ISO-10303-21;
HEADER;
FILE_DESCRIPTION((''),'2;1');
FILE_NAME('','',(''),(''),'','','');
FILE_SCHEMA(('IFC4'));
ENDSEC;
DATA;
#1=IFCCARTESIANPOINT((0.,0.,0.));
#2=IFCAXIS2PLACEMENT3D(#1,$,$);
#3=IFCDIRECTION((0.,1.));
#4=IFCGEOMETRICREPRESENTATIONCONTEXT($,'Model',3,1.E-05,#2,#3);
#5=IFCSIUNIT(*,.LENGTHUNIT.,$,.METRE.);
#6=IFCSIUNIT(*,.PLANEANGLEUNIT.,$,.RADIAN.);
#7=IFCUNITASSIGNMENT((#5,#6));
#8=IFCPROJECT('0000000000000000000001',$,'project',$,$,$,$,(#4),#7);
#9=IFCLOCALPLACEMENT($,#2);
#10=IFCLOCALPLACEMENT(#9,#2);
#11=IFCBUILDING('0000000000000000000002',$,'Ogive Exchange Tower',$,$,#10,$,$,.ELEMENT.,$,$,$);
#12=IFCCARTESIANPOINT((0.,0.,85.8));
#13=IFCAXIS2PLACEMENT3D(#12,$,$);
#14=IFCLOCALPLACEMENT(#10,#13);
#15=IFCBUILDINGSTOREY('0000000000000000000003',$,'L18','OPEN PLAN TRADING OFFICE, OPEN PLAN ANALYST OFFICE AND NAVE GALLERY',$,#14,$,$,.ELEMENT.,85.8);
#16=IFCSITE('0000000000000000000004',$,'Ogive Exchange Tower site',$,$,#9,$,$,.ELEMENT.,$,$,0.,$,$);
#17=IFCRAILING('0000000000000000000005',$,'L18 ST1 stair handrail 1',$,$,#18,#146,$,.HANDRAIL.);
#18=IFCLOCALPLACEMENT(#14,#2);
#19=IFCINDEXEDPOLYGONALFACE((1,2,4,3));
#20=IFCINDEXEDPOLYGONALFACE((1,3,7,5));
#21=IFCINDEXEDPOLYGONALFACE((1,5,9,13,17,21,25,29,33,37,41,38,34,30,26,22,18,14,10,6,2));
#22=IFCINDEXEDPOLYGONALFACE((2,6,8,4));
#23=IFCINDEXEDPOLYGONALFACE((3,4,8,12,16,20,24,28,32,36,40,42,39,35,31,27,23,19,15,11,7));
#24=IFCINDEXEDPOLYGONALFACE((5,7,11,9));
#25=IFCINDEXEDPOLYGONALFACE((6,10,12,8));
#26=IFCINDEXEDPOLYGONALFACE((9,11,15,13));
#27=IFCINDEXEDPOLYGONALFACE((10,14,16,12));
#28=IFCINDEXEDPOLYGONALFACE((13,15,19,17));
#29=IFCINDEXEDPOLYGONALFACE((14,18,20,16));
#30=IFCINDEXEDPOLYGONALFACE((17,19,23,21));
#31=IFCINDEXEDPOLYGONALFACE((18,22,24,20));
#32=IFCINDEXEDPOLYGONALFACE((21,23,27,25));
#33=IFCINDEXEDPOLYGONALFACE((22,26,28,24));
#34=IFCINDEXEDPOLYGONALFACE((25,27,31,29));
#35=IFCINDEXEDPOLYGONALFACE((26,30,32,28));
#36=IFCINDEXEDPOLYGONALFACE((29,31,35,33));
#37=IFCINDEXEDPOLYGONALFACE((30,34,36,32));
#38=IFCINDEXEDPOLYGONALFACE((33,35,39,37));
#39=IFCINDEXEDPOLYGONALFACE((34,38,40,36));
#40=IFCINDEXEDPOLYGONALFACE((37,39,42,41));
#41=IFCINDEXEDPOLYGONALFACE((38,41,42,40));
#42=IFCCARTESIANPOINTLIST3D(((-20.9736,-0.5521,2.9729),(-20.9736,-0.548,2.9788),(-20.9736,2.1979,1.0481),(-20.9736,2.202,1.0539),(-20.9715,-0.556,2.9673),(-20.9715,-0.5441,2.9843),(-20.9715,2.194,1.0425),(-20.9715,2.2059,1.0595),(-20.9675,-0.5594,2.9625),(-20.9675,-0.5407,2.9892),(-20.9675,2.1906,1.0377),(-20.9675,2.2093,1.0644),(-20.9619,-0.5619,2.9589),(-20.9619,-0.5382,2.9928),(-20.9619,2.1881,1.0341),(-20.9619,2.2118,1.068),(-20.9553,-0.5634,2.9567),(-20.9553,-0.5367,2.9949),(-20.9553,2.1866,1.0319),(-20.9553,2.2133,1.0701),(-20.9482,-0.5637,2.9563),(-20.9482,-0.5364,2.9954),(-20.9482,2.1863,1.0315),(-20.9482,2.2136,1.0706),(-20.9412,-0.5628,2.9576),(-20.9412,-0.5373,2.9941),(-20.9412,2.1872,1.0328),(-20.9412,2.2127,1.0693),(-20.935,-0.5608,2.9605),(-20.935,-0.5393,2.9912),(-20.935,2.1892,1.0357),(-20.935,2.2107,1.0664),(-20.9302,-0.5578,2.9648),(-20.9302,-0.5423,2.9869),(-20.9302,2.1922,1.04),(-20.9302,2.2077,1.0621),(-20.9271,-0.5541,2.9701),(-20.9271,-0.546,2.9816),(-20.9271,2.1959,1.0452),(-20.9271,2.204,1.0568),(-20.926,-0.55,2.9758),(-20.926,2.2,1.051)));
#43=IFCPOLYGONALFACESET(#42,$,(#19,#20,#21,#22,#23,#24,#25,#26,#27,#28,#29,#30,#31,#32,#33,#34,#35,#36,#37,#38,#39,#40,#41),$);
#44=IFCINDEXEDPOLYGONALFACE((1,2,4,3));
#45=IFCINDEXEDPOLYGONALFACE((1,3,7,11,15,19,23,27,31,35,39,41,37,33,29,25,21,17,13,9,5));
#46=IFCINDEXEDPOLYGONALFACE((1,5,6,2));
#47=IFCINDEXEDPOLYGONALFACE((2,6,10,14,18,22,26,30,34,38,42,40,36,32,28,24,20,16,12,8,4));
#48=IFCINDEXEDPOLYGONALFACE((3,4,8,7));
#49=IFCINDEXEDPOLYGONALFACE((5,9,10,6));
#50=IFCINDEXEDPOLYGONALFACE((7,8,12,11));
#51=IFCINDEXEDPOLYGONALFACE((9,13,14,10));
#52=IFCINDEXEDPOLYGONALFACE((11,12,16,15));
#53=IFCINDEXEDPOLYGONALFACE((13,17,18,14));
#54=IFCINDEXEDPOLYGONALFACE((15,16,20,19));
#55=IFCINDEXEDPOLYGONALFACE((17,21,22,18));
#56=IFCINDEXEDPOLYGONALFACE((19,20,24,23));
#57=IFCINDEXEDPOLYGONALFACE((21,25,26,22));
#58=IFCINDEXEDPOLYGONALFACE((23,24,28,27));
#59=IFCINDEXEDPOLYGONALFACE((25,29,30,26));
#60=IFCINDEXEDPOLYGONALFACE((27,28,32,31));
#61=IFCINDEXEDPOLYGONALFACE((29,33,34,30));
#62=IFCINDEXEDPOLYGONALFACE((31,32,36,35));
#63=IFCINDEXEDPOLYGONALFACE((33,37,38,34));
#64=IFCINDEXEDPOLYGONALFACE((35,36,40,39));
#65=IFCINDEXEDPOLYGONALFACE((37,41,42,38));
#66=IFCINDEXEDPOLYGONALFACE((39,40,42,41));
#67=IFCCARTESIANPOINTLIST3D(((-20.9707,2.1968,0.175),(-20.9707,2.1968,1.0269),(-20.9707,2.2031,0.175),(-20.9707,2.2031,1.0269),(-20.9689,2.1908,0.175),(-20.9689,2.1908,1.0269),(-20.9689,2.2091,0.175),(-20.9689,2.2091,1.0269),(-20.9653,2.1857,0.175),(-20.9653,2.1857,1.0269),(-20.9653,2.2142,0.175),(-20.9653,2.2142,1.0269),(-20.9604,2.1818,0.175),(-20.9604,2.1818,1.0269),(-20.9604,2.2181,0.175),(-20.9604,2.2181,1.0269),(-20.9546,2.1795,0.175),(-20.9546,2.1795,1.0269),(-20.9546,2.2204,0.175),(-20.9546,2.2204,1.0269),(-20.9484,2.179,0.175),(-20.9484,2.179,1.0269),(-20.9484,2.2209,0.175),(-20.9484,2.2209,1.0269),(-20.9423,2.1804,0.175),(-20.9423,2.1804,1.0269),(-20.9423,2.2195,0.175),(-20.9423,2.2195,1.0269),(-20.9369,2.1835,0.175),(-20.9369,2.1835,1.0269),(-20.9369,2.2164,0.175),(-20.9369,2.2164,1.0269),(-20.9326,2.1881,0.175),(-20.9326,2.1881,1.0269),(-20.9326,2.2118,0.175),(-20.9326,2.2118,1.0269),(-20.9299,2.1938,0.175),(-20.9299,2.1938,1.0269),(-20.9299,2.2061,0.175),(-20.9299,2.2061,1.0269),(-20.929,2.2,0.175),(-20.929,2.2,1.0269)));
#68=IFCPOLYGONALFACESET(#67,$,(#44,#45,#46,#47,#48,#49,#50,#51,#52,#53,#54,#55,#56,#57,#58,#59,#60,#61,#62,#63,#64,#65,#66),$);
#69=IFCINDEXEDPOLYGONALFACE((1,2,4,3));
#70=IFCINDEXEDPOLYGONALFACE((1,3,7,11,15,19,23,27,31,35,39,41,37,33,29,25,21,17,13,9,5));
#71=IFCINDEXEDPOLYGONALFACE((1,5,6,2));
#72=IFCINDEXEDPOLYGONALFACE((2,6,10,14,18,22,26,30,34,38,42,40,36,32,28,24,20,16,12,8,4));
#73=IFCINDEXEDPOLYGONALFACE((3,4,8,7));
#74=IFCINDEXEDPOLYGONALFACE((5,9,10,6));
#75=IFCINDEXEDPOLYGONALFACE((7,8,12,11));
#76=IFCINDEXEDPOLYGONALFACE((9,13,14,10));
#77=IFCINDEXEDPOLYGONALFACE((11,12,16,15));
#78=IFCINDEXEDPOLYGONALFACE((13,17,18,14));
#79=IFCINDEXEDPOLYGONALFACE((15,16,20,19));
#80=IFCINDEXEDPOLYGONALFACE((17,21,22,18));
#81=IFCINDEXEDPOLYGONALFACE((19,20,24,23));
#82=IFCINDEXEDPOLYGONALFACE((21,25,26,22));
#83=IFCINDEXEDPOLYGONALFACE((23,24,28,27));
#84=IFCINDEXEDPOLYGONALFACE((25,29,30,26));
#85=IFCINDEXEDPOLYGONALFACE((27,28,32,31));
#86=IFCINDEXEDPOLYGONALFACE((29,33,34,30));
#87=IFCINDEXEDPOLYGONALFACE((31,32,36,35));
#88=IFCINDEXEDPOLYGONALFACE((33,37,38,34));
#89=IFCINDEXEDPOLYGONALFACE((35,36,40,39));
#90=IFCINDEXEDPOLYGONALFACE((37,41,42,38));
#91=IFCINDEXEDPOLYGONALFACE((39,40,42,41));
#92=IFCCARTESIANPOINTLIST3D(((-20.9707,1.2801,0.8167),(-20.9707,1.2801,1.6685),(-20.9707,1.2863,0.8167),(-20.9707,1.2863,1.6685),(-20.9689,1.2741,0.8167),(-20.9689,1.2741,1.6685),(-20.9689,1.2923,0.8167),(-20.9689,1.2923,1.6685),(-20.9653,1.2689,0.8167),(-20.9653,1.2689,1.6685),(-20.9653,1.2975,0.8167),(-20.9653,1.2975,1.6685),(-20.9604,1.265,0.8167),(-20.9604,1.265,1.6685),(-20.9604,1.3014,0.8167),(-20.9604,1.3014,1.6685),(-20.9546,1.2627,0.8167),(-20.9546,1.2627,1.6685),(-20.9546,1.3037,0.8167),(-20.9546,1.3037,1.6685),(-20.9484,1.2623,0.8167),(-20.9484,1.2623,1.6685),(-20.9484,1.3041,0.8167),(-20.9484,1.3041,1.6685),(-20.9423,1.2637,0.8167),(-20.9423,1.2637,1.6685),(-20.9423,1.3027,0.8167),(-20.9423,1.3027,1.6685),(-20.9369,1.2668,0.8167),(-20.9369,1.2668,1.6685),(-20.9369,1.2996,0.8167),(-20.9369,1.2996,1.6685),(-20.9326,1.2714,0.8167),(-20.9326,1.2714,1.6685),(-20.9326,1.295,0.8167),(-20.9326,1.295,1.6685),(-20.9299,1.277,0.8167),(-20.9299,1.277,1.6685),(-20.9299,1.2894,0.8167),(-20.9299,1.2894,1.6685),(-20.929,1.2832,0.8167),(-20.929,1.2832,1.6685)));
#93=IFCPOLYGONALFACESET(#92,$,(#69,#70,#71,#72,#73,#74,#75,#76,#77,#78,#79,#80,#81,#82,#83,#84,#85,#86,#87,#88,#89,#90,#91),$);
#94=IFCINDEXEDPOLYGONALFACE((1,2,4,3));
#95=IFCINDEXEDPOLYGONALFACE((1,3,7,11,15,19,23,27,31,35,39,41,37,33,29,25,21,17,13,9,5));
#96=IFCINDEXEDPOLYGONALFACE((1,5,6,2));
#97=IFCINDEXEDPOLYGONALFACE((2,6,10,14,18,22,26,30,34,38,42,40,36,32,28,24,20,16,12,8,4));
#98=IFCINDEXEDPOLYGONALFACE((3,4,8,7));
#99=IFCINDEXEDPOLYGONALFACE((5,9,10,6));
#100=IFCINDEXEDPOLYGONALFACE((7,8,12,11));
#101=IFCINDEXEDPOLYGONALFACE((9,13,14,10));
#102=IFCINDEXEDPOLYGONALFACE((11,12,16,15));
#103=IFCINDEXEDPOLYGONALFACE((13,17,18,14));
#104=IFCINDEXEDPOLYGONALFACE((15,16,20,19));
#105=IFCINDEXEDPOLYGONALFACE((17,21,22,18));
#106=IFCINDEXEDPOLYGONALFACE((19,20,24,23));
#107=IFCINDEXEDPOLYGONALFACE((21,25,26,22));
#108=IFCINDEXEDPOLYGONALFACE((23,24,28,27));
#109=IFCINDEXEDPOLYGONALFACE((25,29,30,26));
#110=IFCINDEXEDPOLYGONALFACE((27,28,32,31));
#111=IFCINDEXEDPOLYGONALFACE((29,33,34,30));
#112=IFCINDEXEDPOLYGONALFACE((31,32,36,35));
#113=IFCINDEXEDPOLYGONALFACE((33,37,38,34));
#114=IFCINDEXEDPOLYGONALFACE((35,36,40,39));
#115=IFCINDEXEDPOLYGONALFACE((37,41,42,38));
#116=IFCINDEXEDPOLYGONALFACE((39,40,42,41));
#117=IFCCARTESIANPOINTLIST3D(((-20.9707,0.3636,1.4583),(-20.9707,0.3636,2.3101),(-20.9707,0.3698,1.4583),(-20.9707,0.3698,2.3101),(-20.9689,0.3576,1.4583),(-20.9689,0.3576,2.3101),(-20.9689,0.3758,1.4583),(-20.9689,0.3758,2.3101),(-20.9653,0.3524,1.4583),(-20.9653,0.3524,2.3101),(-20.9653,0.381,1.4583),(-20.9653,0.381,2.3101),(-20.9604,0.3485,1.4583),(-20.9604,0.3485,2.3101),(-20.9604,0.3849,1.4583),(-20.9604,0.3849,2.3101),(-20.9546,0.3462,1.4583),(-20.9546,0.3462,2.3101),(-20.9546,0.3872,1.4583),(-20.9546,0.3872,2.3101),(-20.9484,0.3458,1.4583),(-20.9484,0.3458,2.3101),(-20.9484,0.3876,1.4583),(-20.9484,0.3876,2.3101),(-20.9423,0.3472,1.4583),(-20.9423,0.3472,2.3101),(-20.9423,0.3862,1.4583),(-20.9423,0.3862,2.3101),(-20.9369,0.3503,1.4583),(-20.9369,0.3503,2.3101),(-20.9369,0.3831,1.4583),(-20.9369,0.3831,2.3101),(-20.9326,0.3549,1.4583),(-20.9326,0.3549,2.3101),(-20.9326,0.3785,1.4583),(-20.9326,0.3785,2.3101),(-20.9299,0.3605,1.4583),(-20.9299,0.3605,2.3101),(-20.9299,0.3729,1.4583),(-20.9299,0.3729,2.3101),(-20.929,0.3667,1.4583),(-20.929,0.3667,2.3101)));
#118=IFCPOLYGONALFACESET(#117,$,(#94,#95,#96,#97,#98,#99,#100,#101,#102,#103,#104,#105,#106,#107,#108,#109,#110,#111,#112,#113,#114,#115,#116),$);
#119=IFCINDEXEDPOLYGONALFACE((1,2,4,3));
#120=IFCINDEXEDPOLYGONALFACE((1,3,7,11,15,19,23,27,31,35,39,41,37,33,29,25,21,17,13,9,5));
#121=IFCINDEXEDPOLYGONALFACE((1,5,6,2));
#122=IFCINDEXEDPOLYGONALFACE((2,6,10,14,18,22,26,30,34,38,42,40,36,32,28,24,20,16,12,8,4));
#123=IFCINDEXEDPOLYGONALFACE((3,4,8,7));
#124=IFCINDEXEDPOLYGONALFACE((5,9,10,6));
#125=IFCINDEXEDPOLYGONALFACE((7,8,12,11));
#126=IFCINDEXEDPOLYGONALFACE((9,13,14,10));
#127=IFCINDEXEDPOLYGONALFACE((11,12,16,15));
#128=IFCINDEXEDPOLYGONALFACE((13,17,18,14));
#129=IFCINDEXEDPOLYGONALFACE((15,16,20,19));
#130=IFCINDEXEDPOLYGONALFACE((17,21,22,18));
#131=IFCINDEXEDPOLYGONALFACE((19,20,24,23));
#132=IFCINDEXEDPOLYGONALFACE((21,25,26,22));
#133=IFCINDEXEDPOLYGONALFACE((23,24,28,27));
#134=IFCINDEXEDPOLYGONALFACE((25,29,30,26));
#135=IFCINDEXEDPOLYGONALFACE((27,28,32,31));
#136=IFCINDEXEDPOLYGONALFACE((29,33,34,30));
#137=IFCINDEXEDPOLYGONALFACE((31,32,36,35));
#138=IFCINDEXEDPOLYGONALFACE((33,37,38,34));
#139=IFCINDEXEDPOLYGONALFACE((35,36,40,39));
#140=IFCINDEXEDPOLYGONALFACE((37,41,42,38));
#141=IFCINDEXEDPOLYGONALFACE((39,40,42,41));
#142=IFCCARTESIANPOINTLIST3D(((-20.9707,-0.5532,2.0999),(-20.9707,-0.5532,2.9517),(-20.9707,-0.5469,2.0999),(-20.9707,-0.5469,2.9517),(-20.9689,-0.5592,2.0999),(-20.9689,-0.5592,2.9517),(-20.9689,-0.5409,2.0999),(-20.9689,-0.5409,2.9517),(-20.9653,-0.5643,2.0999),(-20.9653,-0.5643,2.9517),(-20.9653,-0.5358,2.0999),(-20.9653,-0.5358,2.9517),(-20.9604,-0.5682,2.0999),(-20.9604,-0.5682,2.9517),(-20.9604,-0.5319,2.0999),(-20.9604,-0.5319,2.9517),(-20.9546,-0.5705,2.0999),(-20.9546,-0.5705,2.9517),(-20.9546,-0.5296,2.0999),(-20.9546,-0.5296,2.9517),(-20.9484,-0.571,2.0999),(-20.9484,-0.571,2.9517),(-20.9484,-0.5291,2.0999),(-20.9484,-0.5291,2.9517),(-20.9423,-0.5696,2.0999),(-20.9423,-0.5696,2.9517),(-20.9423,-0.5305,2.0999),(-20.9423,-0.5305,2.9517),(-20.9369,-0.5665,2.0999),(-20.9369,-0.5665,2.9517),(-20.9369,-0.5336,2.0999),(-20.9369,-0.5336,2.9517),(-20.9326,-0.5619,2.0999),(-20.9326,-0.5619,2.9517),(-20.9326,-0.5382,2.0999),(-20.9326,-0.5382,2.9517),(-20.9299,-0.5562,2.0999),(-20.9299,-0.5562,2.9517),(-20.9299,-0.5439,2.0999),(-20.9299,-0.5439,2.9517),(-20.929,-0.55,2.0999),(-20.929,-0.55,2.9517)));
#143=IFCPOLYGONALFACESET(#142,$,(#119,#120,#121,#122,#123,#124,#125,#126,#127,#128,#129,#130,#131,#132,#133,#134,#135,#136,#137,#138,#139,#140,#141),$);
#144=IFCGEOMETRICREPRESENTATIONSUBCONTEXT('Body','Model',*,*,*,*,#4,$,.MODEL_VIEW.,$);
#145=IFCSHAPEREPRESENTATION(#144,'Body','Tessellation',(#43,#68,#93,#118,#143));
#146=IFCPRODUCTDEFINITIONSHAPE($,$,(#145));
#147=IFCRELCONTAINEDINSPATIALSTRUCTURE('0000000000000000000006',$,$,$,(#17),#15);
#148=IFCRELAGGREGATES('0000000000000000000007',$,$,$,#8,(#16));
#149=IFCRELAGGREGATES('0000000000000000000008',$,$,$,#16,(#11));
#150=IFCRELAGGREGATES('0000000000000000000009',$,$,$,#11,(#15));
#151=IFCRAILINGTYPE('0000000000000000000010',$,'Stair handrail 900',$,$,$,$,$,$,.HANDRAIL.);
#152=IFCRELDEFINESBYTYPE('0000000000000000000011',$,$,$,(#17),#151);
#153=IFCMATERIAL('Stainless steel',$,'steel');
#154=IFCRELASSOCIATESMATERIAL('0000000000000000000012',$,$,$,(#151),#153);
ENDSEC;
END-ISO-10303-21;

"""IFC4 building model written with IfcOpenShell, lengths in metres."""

from ifc_helpers import new_model, si_unit, direction, frame, origin, origin_2d, place, context, subcontext, project, spatial, circle, extrude, material, type_object, element, save


model = new_model("IFC4")

# Units and contexts
model_context = context("Model", 3, precision=1e-05, world=origin(), true_north=direction((0.0, 1.0)))
body_context = subcontext(model_context, "Body", "Model", "MODEL_VIEW")
ifc_project = project(units=[si_unit("LENGTHUNIT", "METRE"), si_unit("PLANEANGLEUNIT", "RADIAN")], contexts=[model_context])

# Site, building, storey
site_placement = place(None, origin())
site = spatial("IfcSite", under=ifc_project, at=site_placement, Name="Ogive Exchange Tower site", CompositionType="ELEMENT", RefElevation=0.0)
building_placement = place(site_placement, origin())
building = spatial("IfcBuilding", under=site, at=building_placement, Name="Ogive Exchange Tower", CompositionType="ELEMENT")
storey_placement = place(building_placement, frame((0.0, 0.0, 85.8)))
storey = spatial("IfcBuildingStorey", under=building, at=storey_placement, Name="L18", Description="OPEN PLAN TRADING OFFICE, OPEN PLAN ANALYST OFFICE AND NAVE GALLERY", CompositionType="ELEMENT", Elevation=85.8)

# Railing
ifc_material_1 = material(Name="Stainless steel", Category="steel")
railing_type = type_object("IfcRailingType", Name="Stair handrail 900", PredefinedType="HANDRAIL", material=ifc_material_1)
railing_placement = place(storey_placement, frame((-20.95, 2.2, 0.175)))
element("IfcRailing", 1, at=railing_placement, inside=storey, type_object=railing_type, Name="L18 ST1 stair handrail 1", PredefinedType="HANDRAIL", context=body_context, shape_type="SweptSolid", body=[
    extrude(circle(Radius=0.0239, at=origin_2d()), frame((0.0, 0.0, 0.876), z_axis=(0.0, -0.819259, 0.573423), x_axis=(1.0, 0.0, 0.0)), (0.0, 0.0, 1.0), 3.3567),
    extrude(circle(Radius=0.021, at=origin_2d()), origin(), (0.0, 0.0, 1.0), 0.8518),
    extrude(circle(Radius=0.021, at=origin_2d()), frame((0.0, -0.9167, 0.6416)), (0.0, 0.0, 1.0), 0.8518),
    extrude(circle(Radius=0.021, at=origin_2d()), frame((0.0, -1.8333, 1.2832)), (0.0, 0.0, 1.0), 0.8518),
    extrude(circle(Radius=0.021, at=origin_2d()), frame((0.0, -2.75, 1.9248)), (0.0, 0.0, 1.0), 0.8518),
])

save(model, "model.ifc")
